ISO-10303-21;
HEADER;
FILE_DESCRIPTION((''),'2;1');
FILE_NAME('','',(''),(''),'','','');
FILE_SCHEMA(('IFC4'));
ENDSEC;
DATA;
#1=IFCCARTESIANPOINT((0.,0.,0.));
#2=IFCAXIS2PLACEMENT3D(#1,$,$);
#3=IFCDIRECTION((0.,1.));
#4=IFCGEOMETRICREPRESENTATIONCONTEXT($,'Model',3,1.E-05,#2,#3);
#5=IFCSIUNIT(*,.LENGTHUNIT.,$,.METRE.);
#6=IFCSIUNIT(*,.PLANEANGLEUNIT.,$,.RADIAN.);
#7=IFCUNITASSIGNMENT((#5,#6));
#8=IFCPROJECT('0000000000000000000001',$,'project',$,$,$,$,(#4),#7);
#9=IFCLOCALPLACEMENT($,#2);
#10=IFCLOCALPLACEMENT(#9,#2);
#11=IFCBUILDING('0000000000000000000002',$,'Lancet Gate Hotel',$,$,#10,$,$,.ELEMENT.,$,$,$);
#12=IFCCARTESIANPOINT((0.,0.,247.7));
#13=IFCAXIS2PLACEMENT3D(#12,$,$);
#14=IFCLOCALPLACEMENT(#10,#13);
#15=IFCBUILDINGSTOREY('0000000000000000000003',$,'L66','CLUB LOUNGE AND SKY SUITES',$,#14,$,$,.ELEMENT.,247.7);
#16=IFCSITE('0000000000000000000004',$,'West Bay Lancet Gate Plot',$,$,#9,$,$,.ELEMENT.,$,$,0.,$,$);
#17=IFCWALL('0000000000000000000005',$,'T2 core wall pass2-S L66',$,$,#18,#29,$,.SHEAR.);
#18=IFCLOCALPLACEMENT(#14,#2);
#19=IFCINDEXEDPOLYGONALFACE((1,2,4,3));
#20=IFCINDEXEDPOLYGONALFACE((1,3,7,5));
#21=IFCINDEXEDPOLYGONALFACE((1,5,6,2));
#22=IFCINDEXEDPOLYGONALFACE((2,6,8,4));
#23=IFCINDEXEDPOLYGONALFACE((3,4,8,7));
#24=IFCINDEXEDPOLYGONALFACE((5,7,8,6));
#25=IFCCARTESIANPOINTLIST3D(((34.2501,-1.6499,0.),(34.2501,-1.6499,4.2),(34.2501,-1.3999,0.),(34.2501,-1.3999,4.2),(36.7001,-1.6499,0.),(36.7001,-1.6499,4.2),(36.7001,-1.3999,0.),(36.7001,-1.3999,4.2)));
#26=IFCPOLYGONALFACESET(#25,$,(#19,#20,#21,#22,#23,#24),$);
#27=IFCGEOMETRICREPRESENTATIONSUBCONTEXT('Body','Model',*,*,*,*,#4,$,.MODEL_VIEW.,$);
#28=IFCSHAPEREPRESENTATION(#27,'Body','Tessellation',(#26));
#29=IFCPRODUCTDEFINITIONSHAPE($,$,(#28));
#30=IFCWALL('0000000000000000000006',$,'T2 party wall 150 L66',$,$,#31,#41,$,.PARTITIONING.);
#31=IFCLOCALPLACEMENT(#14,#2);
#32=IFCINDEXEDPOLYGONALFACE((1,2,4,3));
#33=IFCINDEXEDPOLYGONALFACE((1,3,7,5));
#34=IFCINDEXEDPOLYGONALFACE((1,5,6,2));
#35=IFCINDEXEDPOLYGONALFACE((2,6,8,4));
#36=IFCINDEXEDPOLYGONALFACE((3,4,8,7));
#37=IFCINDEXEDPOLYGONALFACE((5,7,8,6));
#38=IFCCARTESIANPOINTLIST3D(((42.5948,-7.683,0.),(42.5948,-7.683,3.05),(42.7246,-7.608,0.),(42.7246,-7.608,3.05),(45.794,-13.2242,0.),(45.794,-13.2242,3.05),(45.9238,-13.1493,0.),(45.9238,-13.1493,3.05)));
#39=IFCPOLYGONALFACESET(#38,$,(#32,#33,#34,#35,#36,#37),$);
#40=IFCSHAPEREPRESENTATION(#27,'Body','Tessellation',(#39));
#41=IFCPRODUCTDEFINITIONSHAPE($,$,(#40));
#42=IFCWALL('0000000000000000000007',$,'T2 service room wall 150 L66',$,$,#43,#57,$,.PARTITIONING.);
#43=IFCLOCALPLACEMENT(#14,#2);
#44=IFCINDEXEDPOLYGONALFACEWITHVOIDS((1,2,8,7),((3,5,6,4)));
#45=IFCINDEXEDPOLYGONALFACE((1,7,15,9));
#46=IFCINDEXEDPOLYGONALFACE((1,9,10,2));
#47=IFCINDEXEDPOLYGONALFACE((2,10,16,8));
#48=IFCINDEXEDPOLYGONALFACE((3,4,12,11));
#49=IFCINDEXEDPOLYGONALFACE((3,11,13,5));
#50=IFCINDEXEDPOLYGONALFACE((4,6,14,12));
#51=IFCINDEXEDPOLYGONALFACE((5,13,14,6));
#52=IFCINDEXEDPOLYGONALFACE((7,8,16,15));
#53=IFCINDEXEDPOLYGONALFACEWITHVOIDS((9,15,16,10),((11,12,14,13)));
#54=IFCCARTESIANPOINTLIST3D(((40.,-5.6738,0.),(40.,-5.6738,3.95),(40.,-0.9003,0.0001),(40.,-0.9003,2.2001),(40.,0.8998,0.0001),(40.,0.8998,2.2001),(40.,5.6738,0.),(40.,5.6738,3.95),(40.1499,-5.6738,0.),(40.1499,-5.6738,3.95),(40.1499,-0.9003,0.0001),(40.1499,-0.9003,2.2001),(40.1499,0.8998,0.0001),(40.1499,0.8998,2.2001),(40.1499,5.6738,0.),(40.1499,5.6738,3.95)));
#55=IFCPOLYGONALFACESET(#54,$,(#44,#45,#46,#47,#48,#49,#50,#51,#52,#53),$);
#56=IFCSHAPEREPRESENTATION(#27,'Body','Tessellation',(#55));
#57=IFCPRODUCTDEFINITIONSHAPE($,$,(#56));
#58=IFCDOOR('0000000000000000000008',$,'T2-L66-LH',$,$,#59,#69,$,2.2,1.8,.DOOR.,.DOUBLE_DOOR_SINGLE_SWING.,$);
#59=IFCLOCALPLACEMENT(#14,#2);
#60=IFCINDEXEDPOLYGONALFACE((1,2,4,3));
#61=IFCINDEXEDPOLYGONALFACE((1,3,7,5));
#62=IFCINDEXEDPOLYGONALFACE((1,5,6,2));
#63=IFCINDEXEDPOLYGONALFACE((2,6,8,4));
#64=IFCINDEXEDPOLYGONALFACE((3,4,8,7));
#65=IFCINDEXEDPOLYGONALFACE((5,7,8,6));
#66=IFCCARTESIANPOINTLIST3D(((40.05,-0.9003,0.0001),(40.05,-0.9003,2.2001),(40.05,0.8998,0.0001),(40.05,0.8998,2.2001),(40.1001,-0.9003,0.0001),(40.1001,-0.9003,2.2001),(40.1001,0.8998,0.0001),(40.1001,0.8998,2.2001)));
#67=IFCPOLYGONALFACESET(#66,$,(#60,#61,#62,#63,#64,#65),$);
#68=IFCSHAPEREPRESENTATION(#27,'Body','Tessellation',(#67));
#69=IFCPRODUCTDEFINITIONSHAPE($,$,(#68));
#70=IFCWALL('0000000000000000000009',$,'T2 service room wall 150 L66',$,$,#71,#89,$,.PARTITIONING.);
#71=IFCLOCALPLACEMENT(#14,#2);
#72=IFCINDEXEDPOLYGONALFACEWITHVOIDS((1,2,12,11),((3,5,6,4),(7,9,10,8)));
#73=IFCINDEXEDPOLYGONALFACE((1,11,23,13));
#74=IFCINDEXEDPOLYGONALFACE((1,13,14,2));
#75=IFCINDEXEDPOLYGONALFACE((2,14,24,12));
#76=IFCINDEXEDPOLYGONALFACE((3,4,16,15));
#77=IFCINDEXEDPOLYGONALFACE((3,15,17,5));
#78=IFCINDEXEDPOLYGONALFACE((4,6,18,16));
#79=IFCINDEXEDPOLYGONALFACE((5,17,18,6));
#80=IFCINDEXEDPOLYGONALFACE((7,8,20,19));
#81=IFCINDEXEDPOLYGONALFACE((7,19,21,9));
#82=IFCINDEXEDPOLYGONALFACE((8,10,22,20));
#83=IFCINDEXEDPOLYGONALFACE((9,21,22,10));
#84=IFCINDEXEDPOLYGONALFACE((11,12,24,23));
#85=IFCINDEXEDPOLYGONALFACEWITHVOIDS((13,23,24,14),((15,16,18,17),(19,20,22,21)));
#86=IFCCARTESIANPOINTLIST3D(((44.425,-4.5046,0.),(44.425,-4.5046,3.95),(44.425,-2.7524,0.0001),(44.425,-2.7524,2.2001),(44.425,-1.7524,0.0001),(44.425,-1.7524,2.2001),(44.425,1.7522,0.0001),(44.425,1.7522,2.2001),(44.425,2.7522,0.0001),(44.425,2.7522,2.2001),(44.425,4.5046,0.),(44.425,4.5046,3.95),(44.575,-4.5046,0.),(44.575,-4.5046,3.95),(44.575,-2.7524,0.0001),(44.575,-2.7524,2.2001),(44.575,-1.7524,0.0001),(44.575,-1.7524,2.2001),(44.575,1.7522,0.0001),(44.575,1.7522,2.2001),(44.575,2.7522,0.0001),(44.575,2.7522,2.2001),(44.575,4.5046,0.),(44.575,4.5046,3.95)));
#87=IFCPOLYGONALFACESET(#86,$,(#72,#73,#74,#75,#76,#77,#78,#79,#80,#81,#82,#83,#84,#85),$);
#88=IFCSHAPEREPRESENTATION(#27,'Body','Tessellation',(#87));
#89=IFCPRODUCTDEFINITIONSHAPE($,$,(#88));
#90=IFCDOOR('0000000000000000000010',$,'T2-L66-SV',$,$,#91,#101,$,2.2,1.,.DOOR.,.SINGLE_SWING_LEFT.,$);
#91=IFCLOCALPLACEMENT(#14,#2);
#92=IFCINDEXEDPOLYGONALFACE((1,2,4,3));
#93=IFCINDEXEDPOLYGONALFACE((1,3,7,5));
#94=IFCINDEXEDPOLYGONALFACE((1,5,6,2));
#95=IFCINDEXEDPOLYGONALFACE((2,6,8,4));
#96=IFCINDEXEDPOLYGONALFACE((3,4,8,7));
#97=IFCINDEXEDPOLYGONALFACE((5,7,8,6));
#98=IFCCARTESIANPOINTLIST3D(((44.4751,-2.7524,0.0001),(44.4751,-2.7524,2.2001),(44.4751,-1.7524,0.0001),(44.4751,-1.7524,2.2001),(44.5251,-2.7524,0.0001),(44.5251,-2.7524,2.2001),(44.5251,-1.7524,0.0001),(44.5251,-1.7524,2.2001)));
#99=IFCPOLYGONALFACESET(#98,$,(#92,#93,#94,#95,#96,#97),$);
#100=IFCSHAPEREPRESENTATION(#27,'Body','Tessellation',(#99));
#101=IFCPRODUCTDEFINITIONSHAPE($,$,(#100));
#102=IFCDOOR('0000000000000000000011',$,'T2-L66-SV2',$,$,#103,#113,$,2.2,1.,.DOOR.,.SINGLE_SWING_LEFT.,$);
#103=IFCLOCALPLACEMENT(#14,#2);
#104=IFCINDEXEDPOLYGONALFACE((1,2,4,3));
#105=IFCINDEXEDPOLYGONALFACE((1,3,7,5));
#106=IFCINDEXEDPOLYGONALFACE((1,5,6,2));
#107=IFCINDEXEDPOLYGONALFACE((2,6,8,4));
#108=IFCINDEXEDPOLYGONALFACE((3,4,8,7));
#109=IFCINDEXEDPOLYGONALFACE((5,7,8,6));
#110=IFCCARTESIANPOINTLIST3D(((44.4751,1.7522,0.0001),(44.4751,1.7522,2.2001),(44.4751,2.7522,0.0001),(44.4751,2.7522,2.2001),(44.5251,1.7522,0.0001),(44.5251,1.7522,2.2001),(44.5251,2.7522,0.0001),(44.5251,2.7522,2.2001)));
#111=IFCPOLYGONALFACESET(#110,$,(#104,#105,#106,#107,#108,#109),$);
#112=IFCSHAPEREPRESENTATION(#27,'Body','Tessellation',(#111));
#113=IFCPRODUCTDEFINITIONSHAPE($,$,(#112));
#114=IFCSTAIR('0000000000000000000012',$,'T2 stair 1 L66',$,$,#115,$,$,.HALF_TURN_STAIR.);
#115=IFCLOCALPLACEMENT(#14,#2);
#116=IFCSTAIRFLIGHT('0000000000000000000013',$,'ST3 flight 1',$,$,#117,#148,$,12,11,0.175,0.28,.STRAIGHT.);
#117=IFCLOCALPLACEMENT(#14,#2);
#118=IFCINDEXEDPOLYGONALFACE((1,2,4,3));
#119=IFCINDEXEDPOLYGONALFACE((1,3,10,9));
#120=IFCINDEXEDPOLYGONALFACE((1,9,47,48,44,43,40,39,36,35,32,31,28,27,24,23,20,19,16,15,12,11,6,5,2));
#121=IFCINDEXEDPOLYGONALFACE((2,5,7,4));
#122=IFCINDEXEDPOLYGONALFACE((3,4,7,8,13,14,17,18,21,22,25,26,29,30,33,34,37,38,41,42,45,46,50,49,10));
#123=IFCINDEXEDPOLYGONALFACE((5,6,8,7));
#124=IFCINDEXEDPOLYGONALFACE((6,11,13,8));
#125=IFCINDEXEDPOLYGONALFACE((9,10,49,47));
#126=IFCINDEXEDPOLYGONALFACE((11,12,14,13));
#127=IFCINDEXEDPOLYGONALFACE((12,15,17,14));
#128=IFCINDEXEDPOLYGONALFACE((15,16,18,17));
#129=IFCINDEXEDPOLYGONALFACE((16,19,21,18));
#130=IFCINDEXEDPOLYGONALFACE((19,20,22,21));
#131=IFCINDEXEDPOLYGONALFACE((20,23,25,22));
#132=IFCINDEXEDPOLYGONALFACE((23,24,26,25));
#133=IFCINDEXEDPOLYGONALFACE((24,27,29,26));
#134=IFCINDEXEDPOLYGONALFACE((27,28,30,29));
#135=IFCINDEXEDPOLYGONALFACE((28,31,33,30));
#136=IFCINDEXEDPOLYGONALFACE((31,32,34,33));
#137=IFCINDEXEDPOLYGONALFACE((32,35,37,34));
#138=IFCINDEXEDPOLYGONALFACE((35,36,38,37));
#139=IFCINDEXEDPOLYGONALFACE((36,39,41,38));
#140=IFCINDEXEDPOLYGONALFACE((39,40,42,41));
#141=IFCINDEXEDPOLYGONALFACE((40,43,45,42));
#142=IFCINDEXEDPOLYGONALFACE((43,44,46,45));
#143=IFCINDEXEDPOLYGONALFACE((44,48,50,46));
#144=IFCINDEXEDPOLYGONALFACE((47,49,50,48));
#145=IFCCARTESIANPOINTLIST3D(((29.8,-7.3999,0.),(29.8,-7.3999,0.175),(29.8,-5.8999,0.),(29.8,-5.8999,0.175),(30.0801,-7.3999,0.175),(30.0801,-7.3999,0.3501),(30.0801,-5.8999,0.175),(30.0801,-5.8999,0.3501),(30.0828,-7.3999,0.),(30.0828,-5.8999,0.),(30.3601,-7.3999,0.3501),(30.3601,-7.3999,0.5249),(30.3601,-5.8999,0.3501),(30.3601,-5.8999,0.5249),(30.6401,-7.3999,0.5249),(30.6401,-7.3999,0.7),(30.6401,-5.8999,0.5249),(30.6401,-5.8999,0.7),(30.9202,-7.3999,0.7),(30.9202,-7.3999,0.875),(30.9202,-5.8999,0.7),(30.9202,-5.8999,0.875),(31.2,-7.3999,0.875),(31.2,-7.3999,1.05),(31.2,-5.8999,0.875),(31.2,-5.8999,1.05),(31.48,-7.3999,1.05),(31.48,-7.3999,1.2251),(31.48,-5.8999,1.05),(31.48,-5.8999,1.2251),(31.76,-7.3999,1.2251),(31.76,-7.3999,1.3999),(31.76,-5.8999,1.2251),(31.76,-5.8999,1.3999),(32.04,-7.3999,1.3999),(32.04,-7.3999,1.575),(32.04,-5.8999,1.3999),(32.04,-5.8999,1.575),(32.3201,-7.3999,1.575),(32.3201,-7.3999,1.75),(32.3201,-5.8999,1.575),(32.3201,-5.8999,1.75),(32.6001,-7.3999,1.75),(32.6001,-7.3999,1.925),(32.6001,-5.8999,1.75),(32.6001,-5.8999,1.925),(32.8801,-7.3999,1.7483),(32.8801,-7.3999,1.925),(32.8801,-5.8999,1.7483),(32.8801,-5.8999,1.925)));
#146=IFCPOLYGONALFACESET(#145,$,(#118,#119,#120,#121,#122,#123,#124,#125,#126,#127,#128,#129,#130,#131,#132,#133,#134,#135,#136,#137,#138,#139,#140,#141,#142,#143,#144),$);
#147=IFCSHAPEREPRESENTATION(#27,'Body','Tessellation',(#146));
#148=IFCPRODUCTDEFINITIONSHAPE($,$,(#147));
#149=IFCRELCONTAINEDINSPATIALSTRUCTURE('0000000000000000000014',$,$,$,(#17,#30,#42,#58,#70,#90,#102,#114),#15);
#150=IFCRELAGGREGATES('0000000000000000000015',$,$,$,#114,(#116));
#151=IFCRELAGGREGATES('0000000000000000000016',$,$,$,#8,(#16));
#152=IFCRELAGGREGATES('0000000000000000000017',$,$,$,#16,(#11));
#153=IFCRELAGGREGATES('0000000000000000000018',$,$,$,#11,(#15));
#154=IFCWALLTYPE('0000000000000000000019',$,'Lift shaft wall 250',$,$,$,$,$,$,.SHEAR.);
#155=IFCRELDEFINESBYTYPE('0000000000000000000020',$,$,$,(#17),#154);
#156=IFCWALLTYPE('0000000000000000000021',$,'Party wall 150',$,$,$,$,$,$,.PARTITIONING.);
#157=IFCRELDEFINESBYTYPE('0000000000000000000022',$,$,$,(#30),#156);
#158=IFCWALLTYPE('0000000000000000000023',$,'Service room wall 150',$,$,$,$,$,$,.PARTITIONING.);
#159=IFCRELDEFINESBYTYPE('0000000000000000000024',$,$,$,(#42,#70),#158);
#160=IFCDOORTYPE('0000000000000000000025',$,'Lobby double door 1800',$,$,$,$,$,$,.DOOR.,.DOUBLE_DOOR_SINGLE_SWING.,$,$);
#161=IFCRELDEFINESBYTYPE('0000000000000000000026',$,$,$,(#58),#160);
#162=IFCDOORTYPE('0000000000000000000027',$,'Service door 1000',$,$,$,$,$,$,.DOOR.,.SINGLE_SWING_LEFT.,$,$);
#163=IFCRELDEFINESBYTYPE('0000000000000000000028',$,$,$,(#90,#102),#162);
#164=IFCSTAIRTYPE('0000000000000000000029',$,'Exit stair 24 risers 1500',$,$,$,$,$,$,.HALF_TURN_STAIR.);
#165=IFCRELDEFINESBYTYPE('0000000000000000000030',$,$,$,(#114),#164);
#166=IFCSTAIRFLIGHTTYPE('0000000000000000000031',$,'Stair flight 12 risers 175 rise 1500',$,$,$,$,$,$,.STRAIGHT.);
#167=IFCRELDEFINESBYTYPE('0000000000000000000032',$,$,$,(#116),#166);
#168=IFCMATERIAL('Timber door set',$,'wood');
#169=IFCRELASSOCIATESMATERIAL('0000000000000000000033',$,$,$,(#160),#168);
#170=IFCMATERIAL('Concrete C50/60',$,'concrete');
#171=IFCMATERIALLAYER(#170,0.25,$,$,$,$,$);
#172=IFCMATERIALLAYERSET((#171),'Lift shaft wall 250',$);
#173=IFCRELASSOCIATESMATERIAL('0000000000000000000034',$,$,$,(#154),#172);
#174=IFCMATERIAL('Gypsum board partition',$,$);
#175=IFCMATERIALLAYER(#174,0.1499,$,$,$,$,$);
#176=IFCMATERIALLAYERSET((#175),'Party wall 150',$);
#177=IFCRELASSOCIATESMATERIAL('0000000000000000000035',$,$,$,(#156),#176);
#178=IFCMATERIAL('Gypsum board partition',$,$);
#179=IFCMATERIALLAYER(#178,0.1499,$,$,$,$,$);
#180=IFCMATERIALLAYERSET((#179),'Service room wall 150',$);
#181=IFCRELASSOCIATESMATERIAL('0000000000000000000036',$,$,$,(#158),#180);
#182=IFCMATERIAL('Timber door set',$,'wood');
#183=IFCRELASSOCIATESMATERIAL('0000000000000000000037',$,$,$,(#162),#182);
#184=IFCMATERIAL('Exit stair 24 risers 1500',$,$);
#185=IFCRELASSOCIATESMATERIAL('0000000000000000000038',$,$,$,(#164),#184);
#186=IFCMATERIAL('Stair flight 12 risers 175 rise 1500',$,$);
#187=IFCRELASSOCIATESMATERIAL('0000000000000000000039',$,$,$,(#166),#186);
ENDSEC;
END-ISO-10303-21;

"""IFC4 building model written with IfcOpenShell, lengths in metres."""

from ifc_helpers import new_model, si_unit, direction, frame, frame_2d, origin, place, context, subcontext, project, spatial, polyline, rectangle, outline, extrude, material, layer, layer_set, type_object, element, fill, aggregate, save


model = new_model("IFC4")

# Units and contexts
model_context = context("Model", 3, precision=1e-05, world=origin(), true_north=direction((0.0, 1.0)))
body_context = subcontext(model_context, "Body", "Model", "MODEL_VIEW")
ifc_project = project(units=[si_unit("LENGTHUNIT", "METRE"), si_unit("PLANEANGLEUNIT", "RADIAN")], contexts=[model_context])

# Site, building, storey
site_placement = place(None, origin())
site = spatial("IfcSite", under=ifc_project, at=site_placement, Name="West Bay Lancet Gate Plot", CompositionType="ELEMENT", RefElevation=0.0)
building_placement = place(site_placement, origin())
building = spatial("IfcBuilding", under=site, at=building_placement, Name="Lancet Gate Hotel", CompositionType="ELEMENT")
storey_placement = place(building_placement, frame((0.0, 0.0, 247.7)))
storey = spatial("IfcBuildingStorey", under=building, at=storey_placement, Name="L66", Description="CLUB LOUNGE AND SKY SUITES", CompositionType="ELEMENT", Elevation=247.7)

# Shared definitions
ifc_material_1 = material(Name="Timber door set", Category="wood")
door_type_1 = type_object("IfcDoorType", Name="Lobby double door 1800", OperationType="DOUBLE_DOOR_SINGLE_SWING", PredefinedType="DOOR", material=ifc_material_1)

# Shared definitions
ifc_material_2 = material(Name="Concrete C50/60", Category="concrete")
ifc_layer_1 = layer(ifc_material_2, 0.25)
ifc_layer_set_1 = layer_set([ifc_layer_1], Name="Lift shaft wall 250")
wall_type_1 = type_object("IfcWallType", Name="Lift shaft wall 250", PredefinedType="SHEAR", material=ifc_layer_set_1)

# Walls
wall_1_placement = place(storey_placement, frame((34.25, -1.5249, 0.0), z_axis=(0.0, 0.0, 1.0), x_axis=(1.0, 0.0, 0.0)))
element("IfcWall", 1, at=wall_1_placement, inside=storey, type_object=wall_type_1, Name="T2 core wall pass2-S L66", PredefinedType="SHEAR", context=body_context, shape_type="SweptSolid", body=[
    extrude(rectangle(XDim=2.45, YDim=0.25, at=frame_2d((1.2251, 0.0))), origin(), (0.0, 0.0, 1.0), 4.2),
])
ifc_material_3 = material(Name="Gypsum board partition")
ifc_layer_2 = layer(ifc_material_3, 0.1499)
ifc_layer_set_2 = layer_set([ifc_layer_2], Name="Party wall 150")
wall_type_2 = type_object("IfcWallType", Name="Party wall 150", PredefinedType="PARTITIONING", material=ifc_layer_set_2)
wall_2_placement = place(storey_placement, frame((42.6597, -7.6455, 0.0), z_axis=(0.0, 0.0, 1.0), x_axis=(0.499997, -0.866027, 0.0)))
element("IfcWall", 2, at=wall_2_placement, inside=storey, type_object=wall_type_2, Name="T2 party wall 150 L66", PredefinedType="PARTITIONING", context=body_context, shape_type="SweptSolid", body=[
    extrude(rectangle(XDim=6.3984, YDim=0.1499, at=frame_2d((3.1992, 0.0))), origin(), (0.0, 0.0, 1.0), 3.05),
])

# Wall, opening, door
ifc_material_4 = material(Name="Gypsum board partition")
ifc_layer_3 = layer(ifc_material_4, 0.1499)
ifc_layer_set_3 = layer_set([ifc_layer_3], Name="Service room wall 150")
wall_type_3 = type_object("IfcWallType", Name="Service room wall 150", PredefinedType="PARTITIONING", material=ifc_layer_set_3)
wall_3_placement = place(storey_placement, frame((40.075, -5.6738, 0.0), z_axis=(0.0, 0.0, 1.0), x_axis=(0.0, 1.0, 0.0)))
wall_3 = element("IfcWall", 3, at=wall_3_placement, inside=storey, type_object=wall_type_3, Name="T2 service room wall 150 L66", PredefinedType="PARTITIONING", context=body_context, shape_type="SweptSolid", body=[
    extrude(rectangle(XDim=11.3477, YDim=0.1499, at=frame_2d((5.6738, 0.0))), origin(), (0.0, 0.0, 1.0), 3.95),
])
opening_1_placement = place(wall_3_placement, frame((4.7737, 0.0, 0.0)))
opening_1 = element("IfcOpeningElement", 4, at=opening_1_placement, cuts=wall_3, PredefinedType="OPENING", context=body_context, shape_type="SweptSolid", body=[
    extrude(rectangle(XDim=1.8, YDim=2.2, at=frame_2d((0.8999, 1.1001))), frame((0.0, 0.085, 0.0), z_axis=(0.0, -1.0, 0.0), x_axis=(1.0, 0.0, 0.0)), (0.0, 0.0, 1.0), 0.1699),
])
door_1_placement = place(opening_1_placement, origin())
door_1 = element("IfcDoor", 5, at=door_1_placement, inside=storey, type_object=door_type_1, Name="T2-L66-LH", OperationType="DOUBLE_DOOR_SINGLE_SWING", OverallHeight=2.2, OverallWidth=1.8, PredefinedType="DOOR", context=body_context, shape_type="SweptSolid", body=[
    extrude(rectangle(XDim=1.8, YDim=2.2, at=frame_2d((0.8999, 1.1001))), frame((0.0, 0.0249, 0.0), z_axis=(0.0, -1.0, 0.0), x_axis=(1.0, 0.0, 0.0)), (0.0, 0.0, 1.0), 0.05),
])
fill(opening_1, door_1)

# Wall, openings, doors
wall_4_placement = place(storey_placement, frame((44.5, -4.5046, 0.0), z_axis=(0.0, 0.0, 1.0), x_axis=(0.0, 1.0, 0.0)))
wall_4 = element("IfcWall", 6, at=wall_4_placement, inside=storey, type_object=wall_type_3, Name="T2 service room wall 150 L66", PredefinedType="PARTITIONING", context=body_context, shape_type="SweptSolid", body=[
    extrude(rectangle(XDim=9.0093, YDim=0.1499, at=frame_2d((4.5046, 0.0))), origin(), (0.0, 0.0, 1.0), 3.95),
])
opening_2_placement = place(wall_4_placement, frame((1.7522, 0.0, 0.0)))
opening_2 = element("IfcOpeningElement", 7, at=opening_2_placement, cuts=wall_4, PredefinedType="OPENING", context=body_context, shape_type="SweptSolid", body=[
    extrude(rectangle(XDim=1.0, YDim=2.2, at=frame_2d((0.5, 1.1001))), frame((0.0, 0.085, 0.0), z_axis=(0.0, -1.0, 0.0), x_axis=(1.0, 0.0, 0.0)), (0.0, 0.0, 1.0), 0.1699),
])
opening_3_placement = place(wall_4_placement, frame((6.2568, 0.0, 0.0)))
opening_3 = element("IfcOpeningElement", 8, at=opening_3_placement, cuts=wall_4, PredefinedType="OPENING", context=body_context, shape_type="SweptSolid", body=[
    extrude(rectangle(XDim=1.0, YDim=2.2, at=frame_2d((0.5, 1.1001))), frame((0.0, 0.085, 0.0), z_axis=(0.0, -1.0, 0.0), x_axis=(1.0, 0.0, 0.0)), (0.0, 0.0, 1.0), 0.1699),
])
ifc_material_5 = material(Name="Timber door set", Category="wood")
door_type_2 = type_object("IfcDoorType", Name="Service door 1000", OperationType="SINGLE_SWING_LEFT", PredefinedType="DOOR", material=ifc_material_5)
door_2_placement = place(opening_2_placement, origin())
door_2 = element("IfcDoor", 9, at=door_2_placement, inside=storey, type_object=door_type_2, Name="T2-L66-SV", OperationType="SINGLE_SWING_LEFT", OverallHeight=2.2, OverallWidth=1.0, PredefinedType="DOOR", context=body_context, shape_type="SweptSolid", body=[
    extrude(rectangle(XDim=1.0, YDim=2.2, at=frame_2d((0.5, 1.1001))), frame((0.0, 0.0249, 0.0), z_axis=(0.0, -1.0, 0.0), x_axis=(1.0, 0.0, 0.0)), (0.0, 0.0, 1.0), 0.05),
])
fill(opening_2, door_2)
door_3_placement = place(opening_3_placement, origin())
door_3 = element("IfcDoor", 10, at=door_3_placement, inside=storey, type_object=door_type_2, Name="T2-L66-SV2", OperationType="SINGLE_SWING_LEFT", OverallHeight=2.2, OverallWidth=1.0, PredefinedType="DOOR", context=body_context, shape_type="SweptSolid", body=[
    extrude(rectangle(XDim=1.0, YDim=2.2, at=frame_2d((0.5, 1.1001))), frame((0.0, 0.0249, 0.0), z_axis=(0.0, -1.0, 0.0), x_axis=(1.0, 0.0, 0.0)), (0.0, 0.0, 1.0), 0.05),
])
fill(opening_3, door_3)

# Stair, stair flight
ifc_material_6 = material(Name="Exit stair 24 risers 1500")
stair_type = type_object("IfcStairType", Name="Exit stair 24 risers 1500", PredefinedType="HALF_TURN_STAIR", material=ifc_material_6)
stair_placement = place(storey_placement, origin())
stair = element("IfcStair", 11, at=stair_placement, inside=storey, type_object=stair_type, Name="T2 stair 1 L66", PredefinedType="HALF_TURN_STAIR")
ifc_material_7 = material(Name="Stair flight 12 risers 175 rise 1500")
stair_flight_type = type_object("IfcStairFlightType", Name="Stair flight 12 risers 175 rise 1500", PredefinedType="STRAIGHT", material=ifc_material_7)
stair_flight_1_placement = place(storey_placement, frame((29.8, -6.6499, 0.0), z_axis=(0.0, 0.0, 1.0), x_axis=(1.0, 0.0, 0.0)))
stair_flight_1 = element("IfcStairFlight", 12, at=stair_flight_1_placement, type_object=stair_flight_type, Name="ST3 flight 1", NumberOfRisers=12, NumberOfTreads=11, PredefinedType="STRAIGHT", RiserHeight=0.175, TreadLength=0.28, context=body_context, shape_type="SweptSolid", body=[
    extrude(outline(polyline([(0.0, 0.0), (0.0, 0.175), (0.28, 0.175), (0.28, 0.3501), (0.5601, 0.3501), (0.5601, 0.5249), (0.8401, 0.5249), (0.8401, 0.7), (1.1201, 0.7), (1.1201, 0.875), (1.3999, 0.875), (1.3999, 1.05), (1.6799, 1.05), (1.6799, 1.2251), (1.96, 1.2251), (1.96, 1.3999), (2.24, 1.3999), (2.24, 1.575), (2.52, 1.575), (2.52, 1.75), (2.8, 1.75), (2.8, 1.925), (3.0801, 1.925), (3.0801, 2.1001), (3.0801, 1.7483), (0.2827, 0.0), (0.0, 0.0)])), frame((0.0, 0.75, 0.0), z_axis=(0.0, -1.0, 0.0), x_axis=(1.0, 0.0, 0.0)), (0.0, 0.0, 1.0), 1.5),
])
aggregate(stair, [stair_flight_1])

save(model, "model.ifc")
